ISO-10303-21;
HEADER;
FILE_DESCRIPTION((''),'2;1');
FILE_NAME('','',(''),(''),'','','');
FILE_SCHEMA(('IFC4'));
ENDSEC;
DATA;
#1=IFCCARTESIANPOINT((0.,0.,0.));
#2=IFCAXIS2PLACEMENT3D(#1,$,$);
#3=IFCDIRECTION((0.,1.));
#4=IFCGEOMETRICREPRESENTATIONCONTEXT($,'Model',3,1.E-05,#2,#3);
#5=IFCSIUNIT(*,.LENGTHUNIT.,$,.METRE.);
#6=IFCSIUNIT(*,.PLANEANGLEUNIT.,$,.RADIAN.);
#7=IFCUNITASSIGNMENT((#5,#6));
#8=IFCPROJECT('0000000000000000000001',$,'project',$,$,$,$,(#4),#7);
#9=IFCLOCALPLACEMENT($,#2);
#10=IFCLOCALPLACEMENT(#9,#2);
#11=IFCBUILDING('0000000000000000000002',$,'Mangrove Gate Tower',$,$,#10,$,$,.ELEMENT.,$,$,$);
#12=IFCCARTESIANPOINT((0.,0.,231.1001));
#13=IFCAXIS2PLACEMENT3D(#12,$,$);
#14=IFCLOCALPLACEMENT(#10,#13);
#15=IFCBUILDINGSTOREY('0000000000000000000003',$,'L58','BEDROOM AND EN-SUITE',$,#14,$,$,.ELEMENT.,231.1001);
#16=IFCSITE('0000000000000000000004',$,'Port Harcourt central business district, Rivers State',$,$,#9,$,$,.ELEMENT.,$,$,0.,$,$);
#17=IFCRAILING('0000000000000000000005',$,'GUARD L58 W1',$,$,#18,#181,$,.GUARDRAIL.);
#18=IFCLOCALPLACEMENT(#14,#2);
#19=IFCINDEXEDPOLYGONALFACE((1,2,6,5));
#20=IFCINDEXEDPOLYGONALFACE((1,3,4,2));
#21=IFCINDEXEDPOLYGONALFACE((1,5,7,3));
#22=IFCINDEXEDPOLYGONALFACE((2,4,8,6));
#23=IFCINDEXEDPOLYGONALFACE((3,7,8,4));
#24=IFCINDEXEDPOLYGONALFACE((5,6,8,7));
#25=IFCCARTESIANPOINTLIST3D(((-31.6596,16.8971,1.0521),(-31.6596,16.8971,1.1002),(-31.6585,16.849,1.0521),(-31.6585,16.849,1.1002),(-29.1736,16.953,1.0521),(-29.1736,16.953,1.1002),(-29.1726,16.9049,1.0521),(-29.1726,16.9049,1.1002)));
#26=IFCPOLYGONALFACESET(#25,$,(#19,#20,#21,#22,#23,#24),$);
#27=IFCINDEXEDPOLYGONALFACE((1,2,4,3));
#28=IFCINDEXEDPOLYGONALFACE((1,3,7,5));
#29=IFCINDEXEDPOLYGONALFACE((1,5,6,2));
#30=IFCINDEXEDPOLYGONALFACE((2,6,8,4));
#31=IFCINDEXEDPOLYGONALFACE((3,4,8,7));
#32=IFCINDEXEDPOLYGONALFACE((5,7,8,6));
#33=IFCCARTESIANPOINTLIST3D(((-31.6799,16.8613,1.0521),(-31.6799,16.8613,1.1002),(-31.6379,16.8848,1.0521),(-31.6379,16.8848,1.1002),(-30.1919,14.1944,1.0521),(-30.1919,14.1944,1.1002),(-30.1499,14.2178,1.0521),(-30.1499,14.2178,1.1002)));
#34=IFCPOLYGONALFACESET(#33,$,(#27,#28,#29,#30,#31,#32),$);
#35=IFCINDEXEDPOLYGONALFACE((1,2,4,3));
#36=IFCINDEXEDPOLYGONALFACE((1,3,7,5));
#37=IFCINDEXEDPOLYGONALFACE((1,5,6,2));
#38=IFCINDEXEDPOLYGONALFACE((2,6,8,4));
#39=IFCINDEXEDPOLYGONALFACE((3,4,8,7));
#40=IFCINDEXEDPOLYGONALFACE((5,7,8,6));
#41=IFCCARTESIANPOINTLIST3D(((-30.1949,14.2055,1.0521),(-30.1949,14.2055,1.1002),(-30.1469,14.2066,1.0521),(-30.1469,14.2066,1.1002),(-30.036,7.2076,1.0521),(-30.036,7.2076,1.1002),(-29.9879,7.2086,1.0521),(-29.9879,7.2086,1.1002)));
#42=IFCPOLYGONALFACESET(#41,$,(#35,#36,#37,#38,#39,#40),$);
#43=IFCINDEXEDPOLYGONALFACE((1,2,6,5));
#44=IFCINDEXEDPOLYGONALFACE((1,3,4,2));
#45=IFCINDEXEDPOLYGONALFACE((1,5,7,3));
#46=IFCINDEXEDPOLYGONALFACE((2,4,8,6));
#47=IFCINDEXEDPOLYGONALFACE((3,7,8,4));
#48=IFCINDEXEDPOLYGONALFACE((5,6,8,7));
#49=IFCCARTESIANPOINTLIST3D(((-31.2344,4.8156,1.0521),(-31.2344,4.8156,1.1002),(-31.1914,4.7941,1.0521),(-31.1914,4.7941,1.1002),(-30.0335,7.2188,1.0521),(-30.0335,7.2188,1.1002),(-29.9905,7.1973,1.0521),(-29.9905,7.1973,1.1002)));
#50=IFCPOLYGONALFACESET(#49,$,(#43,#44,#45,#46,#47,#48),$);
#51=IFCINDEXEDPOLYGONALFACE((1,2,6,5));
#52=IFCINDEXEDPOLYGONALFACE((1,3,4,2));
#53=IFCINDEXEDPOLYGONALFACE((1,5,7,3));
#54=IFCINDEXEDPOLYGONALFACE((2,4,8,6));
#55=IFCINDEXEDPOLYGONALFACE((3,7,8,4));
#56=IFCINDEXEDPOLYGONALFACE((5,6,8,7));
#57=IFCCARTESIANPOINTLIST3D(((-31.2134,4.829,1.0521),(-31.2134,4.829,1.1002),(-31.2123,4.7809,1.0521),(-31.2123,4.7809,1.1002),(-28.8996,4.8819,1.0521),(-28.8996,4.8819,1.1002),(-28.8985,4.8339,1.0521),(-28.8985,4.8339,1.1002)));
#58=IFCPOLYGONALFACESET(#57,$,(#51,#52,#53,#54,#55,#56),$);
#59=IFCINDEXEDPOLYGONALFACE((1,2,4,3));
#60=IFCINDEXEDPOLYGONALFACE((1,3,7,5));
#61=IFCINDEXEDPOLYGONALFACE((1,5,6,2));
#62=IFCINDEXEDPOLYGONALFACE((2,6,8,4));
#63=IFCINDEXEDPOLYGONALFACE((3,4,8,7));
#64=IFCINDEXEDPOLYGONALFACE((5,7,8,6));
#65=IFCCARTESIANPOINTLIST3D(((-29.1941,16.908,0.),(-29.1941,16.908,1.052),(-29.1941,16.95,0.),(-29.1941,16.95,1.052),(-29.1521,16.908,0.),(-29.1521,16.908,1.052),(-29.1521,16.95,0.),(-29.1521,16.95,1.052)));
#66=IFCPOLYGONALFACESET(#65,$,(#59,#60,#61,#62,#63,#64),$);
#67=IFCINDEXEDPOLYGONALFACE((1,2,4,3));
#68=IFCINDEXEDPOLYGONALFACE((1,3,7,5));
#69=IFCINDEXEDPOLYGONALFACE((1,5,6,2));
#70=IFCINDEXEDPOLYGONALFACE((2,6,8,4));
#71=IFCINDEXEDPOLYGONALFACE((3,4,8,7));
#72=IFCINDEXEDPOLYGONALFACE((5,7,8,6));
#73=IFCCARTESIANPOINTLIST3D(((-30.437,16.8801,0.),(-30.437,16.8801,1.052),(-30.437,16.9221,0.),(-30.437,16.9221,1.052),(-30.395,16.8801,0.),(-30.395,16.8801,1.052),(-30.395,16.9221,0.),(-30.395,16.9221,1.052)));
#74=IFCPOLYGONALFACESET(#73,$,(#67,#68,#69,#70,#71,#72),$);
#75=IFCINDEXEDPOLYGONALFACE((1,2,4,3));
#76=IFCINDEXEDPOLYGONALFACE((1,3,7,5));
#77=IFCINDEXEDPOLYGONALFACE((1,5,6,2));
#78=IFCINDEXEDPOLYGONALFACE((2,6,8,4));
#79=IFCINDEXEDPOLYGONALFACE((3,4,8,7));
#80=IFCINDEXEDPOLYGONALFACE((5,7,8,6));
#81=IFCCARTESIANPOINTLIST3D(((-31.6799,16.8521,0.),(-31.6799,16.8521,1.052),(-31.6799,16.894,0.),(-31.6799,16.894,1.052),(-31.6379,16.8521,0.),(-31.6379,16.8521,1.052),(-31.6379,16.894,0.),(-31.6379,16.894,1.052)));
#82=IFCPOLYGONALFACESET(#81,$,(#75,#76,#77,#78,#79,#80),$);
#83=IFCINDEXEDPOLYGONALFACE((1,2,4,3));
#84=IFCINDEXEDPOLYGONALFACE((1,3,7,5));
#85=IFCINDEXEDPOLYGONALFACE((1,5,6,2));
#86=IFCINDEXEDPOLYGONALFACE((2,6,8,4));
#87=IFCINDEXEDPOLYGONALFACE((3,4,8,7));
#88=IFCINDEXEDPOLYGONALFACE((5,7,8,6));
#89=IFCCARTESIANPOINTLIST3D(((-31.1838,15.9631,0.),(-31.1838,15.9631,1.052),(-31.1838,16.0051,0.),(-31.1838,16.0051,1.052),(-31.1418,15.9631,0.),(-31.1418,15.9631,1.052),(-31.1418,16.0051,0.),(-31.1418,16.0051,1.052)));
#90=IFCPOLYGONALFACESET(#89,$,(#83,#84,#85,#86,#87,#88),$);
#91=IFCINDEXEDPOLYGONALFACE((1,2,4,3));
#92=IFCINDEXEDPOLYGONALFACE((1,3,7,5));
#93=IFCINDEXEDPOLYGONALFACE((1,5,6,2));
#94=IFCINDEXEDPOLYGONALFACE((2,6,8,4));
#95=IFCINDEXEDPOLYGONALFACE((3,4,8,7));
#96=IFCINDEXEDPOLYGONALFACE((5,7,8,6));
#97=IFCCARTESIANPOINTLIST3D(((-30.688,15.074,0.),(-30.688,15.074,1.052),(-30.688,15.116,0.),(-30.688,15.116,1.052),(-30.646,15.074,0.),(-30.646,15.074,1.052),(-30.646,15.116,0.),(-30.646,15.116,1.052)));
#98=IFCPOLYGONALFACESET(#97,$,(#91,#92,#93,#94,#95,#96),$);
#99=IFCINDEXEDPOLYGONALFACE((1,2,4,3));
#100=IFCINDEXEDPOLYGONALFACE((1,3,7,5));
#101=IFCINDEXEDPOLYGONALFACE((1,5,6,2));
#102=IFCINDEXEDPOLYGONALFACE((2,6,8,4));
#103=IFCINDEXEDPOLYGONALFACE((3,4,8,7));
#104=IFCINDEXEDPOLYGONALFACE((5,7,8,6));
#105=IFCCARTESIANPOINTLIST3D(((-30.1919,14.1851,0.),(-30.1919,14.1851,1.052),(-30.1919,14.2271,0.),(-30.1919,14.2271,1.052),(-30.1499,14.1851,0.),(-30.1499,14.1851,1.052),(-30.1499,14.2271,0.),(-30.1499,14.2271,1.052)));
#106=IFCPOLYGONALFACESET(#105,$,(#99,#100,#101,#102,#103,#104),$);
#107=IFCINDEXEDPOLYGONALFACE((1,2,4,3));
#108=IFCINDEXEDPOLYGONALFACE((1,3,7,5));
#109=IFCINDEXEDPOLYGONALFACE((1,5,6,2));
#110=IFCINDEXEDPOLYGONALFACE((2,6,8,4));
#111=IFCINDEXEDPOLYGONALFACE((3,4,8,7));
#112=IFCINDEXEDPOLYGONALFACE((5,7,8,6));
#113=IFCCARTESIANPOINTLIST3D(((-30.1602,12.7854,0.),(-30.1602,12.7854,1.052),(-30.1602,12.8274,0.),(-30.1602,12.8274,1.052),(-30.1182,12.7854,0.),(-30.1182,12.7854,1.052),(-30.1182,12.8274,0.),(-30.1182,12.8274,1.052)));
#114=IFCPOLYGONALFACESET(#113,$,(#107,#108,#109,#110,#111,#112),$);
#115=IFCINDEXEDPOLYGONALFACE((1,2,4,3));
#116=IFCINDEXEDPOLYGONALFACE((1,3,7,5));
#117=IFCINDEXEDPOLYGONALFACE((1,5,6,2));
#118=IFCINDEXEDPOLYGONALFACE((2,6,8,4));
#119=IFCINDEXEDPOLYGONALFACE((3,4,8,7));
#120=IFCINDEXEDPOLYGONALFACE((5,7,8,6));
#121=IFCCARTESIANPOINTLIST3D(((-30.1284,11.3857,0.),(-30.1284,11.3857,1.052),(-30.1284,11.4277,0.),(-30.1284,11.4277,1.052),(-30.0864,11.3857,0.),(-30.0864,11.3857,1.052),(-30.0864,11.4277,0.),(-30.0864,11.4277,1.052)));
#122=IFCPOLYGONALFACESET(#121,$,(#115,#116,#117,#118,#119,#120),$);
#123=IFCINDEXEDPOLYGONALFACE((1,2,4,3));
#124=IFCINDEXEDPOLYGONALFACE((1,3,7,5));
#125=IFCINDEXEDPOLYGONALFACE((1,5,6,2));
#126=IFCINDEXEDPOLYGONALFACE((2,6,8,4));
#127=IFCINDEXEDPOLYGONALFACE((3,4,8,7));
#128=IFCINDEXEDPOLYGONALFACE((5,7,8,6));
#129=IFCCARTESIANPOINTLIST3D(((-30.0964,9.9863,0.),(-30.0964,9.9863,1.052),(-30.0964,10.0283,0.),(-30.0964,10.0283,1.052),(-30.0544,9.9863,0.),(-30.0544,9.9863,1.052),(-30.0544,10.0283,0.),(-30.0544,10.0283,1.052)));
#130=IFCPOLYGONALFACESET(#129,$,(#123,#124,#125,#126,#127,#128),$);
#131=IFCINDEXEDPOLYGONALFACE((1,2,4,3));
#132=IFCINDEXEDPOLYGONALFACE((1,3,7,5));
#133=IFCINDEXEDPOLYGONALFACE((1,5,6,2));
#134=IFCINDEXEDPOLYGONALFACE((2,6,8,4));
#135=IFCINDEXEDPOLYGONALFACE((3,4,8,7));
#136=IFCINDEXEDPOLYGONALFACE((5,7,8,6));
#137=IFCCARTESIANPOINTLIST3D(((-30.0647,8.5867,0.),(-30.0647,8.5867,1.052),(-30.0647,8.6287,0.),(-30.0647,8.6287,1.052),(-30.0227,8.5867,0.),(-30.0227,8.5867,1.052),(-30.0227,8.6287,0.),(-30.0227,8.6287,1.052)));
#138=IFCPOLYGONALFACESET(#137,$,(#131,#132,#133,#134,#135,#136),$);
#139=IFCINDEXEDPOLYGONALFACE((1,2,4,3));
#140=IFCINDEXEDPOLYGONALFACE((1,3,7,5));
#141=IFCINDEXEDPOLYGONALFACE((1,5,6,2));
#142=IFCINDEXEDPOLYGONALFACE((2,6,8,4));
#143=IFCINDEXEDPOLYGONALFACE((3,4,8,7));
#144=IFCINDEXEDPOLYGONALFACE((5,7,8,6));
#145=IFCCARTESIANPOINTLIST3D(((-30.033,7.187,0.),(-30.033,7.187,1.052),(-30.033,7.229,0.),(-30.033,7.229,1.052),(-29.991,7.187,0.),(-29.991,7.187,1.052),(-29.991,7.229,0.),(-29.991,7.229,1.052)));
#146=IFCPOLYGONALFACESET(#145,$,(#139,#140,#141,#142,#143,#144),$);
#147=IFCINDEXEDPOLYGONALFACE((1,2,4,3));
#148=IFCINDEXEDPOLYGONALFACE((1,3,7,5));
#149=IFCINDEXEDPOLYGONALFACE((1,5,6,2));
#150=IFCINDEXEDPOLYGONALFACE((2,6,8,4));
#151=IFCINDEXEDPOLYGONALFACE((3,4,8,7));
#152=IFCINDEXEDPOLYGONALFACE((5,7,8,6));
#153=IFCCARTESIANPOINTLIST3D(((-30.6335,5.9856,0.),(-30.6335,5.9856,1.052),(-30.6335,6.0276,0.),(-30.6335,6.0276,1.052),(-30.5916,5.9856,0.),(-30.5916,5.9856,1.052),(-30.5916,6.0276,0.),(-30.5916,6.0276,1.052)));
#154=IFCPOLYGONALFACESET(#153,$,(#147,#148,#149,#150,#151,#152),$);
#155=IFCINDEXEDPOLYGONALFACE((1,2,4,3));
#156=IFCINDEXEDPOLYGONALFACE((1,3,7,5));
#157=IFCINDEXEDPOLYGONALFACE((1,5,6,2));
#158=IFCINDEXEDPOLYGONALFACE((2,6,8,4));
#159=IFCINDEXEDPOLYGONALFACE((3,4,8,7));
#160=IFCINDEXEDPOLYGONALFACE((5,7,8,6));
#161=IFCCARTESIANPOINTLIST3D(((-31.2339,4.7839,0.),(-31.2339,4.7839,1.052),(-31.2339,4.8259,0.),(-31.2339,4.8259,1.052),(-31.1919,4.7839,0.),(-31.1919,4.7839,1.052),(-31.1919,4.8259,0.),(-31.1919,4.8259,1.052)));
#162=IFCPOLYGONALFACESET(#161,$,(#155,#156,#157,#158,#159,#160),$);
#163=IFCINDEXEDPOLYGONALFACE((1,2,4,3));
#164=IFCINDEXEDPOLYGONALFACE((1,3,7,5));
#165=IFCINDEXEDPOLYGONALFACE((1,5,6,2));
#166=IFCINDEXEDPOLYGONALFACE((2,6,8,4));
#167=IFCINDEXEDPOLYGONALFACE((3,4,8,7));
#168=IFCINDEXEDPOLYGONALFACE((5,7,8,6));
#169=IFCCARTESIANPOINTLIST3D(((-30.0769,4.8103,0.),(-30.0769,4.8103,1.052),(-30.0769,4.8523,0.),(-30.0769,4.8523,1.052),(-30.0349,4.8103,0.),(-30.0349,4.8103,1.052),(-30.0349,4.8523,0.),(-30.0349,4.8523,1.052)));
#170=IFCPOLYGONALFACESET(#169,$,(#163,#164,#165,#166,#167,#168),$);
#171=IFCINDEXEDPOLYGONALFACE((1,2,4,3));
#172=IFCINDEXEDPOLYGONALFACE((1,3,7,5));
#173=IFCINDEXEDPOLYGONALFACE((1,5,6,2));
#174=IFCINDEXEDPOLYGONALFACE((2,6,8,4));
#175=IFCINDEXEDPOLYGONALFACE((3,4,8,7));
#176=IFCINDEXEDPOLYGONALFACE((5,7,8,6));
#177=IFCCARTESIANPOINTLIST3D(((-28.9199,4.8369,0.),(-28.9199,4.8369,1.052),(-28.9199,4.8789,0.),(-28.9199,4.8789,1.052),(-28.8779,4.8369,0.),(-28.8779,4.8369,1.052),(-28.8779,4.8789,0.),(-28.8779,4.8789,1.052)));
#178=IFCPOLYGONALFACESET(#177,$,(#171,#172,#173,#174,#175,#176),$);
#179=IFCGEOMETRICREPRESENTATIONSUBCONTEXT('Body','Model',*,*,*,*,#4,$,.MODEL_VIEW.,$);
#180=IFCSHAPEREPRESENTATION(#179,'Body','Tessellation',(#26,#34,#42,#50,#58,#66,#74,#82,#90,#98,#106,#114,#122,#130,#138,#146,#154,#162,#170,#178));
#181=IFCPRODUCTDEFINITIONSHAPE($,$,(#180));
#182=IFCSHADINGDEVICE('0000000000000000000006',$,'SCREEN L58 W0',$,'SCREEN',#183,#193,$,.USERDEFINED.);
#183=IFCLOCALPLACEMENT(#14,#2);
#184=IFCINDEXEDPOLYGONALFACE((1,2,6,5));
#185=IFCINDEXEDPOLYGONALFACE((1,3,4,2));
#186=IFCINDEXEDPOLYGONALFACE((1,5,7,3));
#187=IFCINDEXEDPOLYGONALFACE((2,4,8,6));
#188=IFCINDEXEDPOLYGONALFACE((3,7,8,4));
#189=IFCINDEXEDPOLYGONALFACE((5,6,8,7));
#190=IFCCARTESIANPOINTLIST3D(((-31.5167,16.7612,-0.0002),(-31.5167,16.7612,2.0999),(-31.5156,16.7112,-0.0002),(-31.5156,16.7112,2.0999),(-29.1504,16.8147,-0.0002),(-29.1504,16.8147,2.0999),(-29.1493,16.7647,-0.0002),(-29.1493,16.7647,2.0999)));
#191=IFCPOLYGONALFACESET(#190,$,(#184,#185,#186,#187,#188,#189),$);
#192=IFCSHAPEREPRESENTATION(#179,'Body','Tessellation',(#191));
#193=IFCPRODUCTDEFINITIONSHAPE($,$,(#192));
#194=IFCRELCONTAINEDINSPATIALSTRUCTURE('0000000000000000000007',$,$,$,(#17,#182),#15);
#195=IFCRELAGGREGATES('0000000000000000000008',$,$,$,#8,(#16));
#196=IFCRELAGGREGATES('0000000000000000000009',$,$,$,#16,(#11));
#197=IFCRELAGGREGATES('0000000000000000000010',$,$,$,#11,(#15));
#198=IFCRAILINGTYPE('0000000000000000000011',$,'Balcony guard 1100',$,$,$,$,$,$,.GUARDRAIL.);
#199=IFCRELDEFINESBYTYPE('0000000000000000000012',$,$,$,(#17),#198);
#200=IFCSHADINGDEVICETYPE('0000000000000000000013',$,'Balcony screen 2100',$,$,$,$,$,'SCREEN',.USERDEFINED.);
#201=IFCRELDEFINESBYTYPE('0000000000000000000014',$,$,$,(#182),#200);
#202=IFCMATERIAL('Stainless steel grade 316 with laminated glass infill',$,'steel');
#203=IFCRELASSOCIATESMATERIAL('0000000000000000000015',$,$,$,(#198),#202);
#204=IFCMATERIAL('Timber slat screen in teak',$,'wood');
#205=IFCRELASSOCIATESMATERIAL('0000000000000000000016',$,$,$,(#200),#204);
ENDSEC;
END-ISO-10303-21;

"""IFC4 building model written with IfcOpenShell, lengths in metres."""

from ifc_helpers import new_model, si_unit, direction, frame, origin, origin_2d, place, context, subcontext, project, spatial, rectangle, extrude, material, type_object, element, save


model = new_model("IFC4")

# Units and contexts
model_context = context("Model", 3, precision=1e-05, world=origin(), true_north=direction((0.0, 1.0)))
body_context = subcontext(model_context, "Body", "Model", "MODEL_VIEW")
ifc_project = project(units=[si_unit("LENGTHUNIT", "METRE"), si_unit("PLANEANGLEUNIT", "RADIAN")], contexts=[model_context])

# Site, building, storey
site_placement = place(None, origin())
site = spatial("IfcSite", under=ifc_project, at=site_placement, Name="Port Harcourt central business district, Rivers State", CompositionType="ELEMENT", RefElevation=0.0)
building_placement = place(site_placement, origin())
building = spatial("IfcBuilding", under=site, at=building_placement, Name="Mangrove Gate Tower", CompositionType="ELEMENT")
storey_placement = place(building_placement, frame((0.0, 0.0, 231.1001)))
storey = spatial("IfcBuildingStorey", under=building, at=storey_placement, Name="L58", Description="BEDROOM AND EN-SUITE", CompositionType="ELEMENT", Elevation=231.1001)

# Railing
ifc_material_1 = material(Name="Stainless steel grade 316 with laminated glass infill", Category="steel")
railing_type = type_object("IfcRailingType", Name="Balcony guard 1100", PredefinedType="GUARDRAIL", material=ifc_material_1)
railing_placement = place(storey_placement, frame((-29.1731, 16.929, 0.0)))
element("IfcRailing", 1, at=railing_placement, inside=storey, type_object=railing_type, Name="GUARD L58 W1", PredefinedType="GUARDRAIL", context=body_context, shape_type="SweptSolid", body=[
    extrude(rectangle(XDim=0.0481, YDim=0.0481, at=origin_2d()), frame((0.0, 0.0, 1.0762), z_axis=(-0.999747, -0.022485, 0.0), x_axis=(0.022485, -0.999747, 0.0)), (0.0, 0.0, 1.0), 2.4866),
    extrude(rectangle(XDim=0.0481, YDim=0.0481, at=origin_2d()), frame((-2.4858, -0.0559, 1.0762), z_axis=(0.487237, -0.87327, 0.0), x_axis=(0.87327, 0.487237, 0.0)), (0.0, 0.0, 1.0), 3.054),
    extrude(rectangle(XDim=0.0481, YDim=0.0481, at=origin_2d()), frame((-0.9978, -2.7229, 1.0762), z_axis=(0.022706, -0.999742, 0.0), x_axis=(0.999742, 0.022706, 0.0)), (0.0, 0.0, 1.0), 6.9998),
    extrude(rectangle(XDim=0.0481, YDim=0.0481, at=origin_2d()), frame((-0.8389, -9.7209, 1.0762), z_axis=(-0.447032, -0.894518, 0.0), x_axis=(0.894518, -0.447032, 0.0)), (0.0, 0.0, 1.0), 2.6865),
    extrude(rectangle(XDim=0.0481, YDim=0.0481, at=origin_2d()), frame((-2.0398, -12.124, 1.0762), z_axis=(0.999738, 0.022889, 0.0), x_axis=(-0.022889, 0.999738, 0.0)), (0.0, 0.0, 1.0), 2.3145),
    extrude(rectangle(XDim=0.042, YDim=0.042, at=origin_2d()), origin(), (0.0, 0.0, 1.0), 1.052),
    extrude(rectangle(XDim=0.042, YDim=0.042, at=origin_2d()), frame((-1.2429, -0.0278, 0.0)), (0.0, 0.0, 1.0), 1.052),
    extrude(rectangle(XDim=0.042, YDim=0.042, at=origin_2d()), frame((-2.4858, -0.0559, 0.0)), (0.0, 0.0, 1.0), 1.052),
    extrude(rectangle(XDim=0.042, YDim=0.042, at=origin_2d()), frame((-1.9897, -0.9448, 0.0)), (0.0, 0.0, 1.0), 1.052),
    extrude(rectangle(XDim=0.042, YDim=0.042, at=origin_2d()), frame((-1.4939, -1.834, 0.0)), (0.0, 0.0, 1.0), 1.052),
    extrude(rectangle(XDim=0.042, YDim=0.042, at=origin_2d()), frame((-0.9978, -2.7229, 0.0)), (0.0, 0.0, 1.0), 1.052),
    extrude(rectangle(XDim=0.042, YDim=0.042, at=origin_2d()), frame((-0.9661, -4.1226, 0.0)), (0.0, 0.0, 1.0), 1.052),
    extrude(rectangle(XDim=0.042, YDim=0.042, at=origin_2d()), frame((-0.9343, -5.5222, 0.0)), (0.0, 0.0, 1.0), 1.052),
    extrude(rectangle(XDim=0.042, YDim=0.042, at=origin_2d()), frame((-0.9023, -6.9216, 0.0)), (0.0, 0.0, 1.0), 1.052),
    extrude(rectangle(XDim=0.042, YDim=0.042, at=origin_2d()), frame((-0.8706, -8.3213, 0.0)), (0.0, 0.0, 1.0), 1.052),
    extrude(rectangle(XDim=0.042, YDim=0.042, at=origin_2d()), frame((-0.8389, -9.7209, 0.0)), (0.0, 0.0, 1.0), 1.052),
    extrude(rectangle(XDim=0.042, YDim=0.042, at=origin_2d()), frame((-1.4395, -10.9224, 0.0)), (0.0, 0.0, 1.0), 1.052),
    extrude(rectangle(XDim=0.042, YDim=0.042, at=origin_2d()), frame((-2.0398, -12.124, 0.0)), (0.0, 0.0, 1.0), 1.052),
    extrude(rectangle(XDim=0.042, YDim=0.042, at=origin_2d()), frame((-0.8828, -12.0977, 0.0)), (0.0, 0.0, 1.0), 1.052),
    extrude(rectangle(XDim=0.042, YDim=0.042, at=origin_2d()), frame((0.2742, -12.071, 0.0)), (0.0, 0.0, 1.0), 1.052),
])

# Shading device
ifc_material_2 = material(Name="Timber slat screen in teak", Category="wood")
shading_device_type = type_object("IfcShadingDeviceType", Name="Balcony screen 2100", ElementType="SCREEN", PredefinedType="USERDEFINED", material=ifc_material_2)
shading_device_placement = place(storey_placement, frame((-30.333, 16.7629, -0.0002), z_axis=(0.0, 0.0, 1.0), x_axis=(-0.999745, -0.0226, 0.0)))
element("IfcShadingDevice", 2, at=shading_device_placement, inside=storey, type_object=shading_device_type, Name="SCREEN L58 W0", ObjectType="SCREEN", PredefinedType="USERDEFINED", context=body_context, shape_type="SweptSolid", body=[
    extrude(rectangle(XDim=2.3669, YDim=0.05, at=origin_2d()), origin(), (0.0, 0.0, 1.0), 2.1001),
])

save(model, "model.ifc")
